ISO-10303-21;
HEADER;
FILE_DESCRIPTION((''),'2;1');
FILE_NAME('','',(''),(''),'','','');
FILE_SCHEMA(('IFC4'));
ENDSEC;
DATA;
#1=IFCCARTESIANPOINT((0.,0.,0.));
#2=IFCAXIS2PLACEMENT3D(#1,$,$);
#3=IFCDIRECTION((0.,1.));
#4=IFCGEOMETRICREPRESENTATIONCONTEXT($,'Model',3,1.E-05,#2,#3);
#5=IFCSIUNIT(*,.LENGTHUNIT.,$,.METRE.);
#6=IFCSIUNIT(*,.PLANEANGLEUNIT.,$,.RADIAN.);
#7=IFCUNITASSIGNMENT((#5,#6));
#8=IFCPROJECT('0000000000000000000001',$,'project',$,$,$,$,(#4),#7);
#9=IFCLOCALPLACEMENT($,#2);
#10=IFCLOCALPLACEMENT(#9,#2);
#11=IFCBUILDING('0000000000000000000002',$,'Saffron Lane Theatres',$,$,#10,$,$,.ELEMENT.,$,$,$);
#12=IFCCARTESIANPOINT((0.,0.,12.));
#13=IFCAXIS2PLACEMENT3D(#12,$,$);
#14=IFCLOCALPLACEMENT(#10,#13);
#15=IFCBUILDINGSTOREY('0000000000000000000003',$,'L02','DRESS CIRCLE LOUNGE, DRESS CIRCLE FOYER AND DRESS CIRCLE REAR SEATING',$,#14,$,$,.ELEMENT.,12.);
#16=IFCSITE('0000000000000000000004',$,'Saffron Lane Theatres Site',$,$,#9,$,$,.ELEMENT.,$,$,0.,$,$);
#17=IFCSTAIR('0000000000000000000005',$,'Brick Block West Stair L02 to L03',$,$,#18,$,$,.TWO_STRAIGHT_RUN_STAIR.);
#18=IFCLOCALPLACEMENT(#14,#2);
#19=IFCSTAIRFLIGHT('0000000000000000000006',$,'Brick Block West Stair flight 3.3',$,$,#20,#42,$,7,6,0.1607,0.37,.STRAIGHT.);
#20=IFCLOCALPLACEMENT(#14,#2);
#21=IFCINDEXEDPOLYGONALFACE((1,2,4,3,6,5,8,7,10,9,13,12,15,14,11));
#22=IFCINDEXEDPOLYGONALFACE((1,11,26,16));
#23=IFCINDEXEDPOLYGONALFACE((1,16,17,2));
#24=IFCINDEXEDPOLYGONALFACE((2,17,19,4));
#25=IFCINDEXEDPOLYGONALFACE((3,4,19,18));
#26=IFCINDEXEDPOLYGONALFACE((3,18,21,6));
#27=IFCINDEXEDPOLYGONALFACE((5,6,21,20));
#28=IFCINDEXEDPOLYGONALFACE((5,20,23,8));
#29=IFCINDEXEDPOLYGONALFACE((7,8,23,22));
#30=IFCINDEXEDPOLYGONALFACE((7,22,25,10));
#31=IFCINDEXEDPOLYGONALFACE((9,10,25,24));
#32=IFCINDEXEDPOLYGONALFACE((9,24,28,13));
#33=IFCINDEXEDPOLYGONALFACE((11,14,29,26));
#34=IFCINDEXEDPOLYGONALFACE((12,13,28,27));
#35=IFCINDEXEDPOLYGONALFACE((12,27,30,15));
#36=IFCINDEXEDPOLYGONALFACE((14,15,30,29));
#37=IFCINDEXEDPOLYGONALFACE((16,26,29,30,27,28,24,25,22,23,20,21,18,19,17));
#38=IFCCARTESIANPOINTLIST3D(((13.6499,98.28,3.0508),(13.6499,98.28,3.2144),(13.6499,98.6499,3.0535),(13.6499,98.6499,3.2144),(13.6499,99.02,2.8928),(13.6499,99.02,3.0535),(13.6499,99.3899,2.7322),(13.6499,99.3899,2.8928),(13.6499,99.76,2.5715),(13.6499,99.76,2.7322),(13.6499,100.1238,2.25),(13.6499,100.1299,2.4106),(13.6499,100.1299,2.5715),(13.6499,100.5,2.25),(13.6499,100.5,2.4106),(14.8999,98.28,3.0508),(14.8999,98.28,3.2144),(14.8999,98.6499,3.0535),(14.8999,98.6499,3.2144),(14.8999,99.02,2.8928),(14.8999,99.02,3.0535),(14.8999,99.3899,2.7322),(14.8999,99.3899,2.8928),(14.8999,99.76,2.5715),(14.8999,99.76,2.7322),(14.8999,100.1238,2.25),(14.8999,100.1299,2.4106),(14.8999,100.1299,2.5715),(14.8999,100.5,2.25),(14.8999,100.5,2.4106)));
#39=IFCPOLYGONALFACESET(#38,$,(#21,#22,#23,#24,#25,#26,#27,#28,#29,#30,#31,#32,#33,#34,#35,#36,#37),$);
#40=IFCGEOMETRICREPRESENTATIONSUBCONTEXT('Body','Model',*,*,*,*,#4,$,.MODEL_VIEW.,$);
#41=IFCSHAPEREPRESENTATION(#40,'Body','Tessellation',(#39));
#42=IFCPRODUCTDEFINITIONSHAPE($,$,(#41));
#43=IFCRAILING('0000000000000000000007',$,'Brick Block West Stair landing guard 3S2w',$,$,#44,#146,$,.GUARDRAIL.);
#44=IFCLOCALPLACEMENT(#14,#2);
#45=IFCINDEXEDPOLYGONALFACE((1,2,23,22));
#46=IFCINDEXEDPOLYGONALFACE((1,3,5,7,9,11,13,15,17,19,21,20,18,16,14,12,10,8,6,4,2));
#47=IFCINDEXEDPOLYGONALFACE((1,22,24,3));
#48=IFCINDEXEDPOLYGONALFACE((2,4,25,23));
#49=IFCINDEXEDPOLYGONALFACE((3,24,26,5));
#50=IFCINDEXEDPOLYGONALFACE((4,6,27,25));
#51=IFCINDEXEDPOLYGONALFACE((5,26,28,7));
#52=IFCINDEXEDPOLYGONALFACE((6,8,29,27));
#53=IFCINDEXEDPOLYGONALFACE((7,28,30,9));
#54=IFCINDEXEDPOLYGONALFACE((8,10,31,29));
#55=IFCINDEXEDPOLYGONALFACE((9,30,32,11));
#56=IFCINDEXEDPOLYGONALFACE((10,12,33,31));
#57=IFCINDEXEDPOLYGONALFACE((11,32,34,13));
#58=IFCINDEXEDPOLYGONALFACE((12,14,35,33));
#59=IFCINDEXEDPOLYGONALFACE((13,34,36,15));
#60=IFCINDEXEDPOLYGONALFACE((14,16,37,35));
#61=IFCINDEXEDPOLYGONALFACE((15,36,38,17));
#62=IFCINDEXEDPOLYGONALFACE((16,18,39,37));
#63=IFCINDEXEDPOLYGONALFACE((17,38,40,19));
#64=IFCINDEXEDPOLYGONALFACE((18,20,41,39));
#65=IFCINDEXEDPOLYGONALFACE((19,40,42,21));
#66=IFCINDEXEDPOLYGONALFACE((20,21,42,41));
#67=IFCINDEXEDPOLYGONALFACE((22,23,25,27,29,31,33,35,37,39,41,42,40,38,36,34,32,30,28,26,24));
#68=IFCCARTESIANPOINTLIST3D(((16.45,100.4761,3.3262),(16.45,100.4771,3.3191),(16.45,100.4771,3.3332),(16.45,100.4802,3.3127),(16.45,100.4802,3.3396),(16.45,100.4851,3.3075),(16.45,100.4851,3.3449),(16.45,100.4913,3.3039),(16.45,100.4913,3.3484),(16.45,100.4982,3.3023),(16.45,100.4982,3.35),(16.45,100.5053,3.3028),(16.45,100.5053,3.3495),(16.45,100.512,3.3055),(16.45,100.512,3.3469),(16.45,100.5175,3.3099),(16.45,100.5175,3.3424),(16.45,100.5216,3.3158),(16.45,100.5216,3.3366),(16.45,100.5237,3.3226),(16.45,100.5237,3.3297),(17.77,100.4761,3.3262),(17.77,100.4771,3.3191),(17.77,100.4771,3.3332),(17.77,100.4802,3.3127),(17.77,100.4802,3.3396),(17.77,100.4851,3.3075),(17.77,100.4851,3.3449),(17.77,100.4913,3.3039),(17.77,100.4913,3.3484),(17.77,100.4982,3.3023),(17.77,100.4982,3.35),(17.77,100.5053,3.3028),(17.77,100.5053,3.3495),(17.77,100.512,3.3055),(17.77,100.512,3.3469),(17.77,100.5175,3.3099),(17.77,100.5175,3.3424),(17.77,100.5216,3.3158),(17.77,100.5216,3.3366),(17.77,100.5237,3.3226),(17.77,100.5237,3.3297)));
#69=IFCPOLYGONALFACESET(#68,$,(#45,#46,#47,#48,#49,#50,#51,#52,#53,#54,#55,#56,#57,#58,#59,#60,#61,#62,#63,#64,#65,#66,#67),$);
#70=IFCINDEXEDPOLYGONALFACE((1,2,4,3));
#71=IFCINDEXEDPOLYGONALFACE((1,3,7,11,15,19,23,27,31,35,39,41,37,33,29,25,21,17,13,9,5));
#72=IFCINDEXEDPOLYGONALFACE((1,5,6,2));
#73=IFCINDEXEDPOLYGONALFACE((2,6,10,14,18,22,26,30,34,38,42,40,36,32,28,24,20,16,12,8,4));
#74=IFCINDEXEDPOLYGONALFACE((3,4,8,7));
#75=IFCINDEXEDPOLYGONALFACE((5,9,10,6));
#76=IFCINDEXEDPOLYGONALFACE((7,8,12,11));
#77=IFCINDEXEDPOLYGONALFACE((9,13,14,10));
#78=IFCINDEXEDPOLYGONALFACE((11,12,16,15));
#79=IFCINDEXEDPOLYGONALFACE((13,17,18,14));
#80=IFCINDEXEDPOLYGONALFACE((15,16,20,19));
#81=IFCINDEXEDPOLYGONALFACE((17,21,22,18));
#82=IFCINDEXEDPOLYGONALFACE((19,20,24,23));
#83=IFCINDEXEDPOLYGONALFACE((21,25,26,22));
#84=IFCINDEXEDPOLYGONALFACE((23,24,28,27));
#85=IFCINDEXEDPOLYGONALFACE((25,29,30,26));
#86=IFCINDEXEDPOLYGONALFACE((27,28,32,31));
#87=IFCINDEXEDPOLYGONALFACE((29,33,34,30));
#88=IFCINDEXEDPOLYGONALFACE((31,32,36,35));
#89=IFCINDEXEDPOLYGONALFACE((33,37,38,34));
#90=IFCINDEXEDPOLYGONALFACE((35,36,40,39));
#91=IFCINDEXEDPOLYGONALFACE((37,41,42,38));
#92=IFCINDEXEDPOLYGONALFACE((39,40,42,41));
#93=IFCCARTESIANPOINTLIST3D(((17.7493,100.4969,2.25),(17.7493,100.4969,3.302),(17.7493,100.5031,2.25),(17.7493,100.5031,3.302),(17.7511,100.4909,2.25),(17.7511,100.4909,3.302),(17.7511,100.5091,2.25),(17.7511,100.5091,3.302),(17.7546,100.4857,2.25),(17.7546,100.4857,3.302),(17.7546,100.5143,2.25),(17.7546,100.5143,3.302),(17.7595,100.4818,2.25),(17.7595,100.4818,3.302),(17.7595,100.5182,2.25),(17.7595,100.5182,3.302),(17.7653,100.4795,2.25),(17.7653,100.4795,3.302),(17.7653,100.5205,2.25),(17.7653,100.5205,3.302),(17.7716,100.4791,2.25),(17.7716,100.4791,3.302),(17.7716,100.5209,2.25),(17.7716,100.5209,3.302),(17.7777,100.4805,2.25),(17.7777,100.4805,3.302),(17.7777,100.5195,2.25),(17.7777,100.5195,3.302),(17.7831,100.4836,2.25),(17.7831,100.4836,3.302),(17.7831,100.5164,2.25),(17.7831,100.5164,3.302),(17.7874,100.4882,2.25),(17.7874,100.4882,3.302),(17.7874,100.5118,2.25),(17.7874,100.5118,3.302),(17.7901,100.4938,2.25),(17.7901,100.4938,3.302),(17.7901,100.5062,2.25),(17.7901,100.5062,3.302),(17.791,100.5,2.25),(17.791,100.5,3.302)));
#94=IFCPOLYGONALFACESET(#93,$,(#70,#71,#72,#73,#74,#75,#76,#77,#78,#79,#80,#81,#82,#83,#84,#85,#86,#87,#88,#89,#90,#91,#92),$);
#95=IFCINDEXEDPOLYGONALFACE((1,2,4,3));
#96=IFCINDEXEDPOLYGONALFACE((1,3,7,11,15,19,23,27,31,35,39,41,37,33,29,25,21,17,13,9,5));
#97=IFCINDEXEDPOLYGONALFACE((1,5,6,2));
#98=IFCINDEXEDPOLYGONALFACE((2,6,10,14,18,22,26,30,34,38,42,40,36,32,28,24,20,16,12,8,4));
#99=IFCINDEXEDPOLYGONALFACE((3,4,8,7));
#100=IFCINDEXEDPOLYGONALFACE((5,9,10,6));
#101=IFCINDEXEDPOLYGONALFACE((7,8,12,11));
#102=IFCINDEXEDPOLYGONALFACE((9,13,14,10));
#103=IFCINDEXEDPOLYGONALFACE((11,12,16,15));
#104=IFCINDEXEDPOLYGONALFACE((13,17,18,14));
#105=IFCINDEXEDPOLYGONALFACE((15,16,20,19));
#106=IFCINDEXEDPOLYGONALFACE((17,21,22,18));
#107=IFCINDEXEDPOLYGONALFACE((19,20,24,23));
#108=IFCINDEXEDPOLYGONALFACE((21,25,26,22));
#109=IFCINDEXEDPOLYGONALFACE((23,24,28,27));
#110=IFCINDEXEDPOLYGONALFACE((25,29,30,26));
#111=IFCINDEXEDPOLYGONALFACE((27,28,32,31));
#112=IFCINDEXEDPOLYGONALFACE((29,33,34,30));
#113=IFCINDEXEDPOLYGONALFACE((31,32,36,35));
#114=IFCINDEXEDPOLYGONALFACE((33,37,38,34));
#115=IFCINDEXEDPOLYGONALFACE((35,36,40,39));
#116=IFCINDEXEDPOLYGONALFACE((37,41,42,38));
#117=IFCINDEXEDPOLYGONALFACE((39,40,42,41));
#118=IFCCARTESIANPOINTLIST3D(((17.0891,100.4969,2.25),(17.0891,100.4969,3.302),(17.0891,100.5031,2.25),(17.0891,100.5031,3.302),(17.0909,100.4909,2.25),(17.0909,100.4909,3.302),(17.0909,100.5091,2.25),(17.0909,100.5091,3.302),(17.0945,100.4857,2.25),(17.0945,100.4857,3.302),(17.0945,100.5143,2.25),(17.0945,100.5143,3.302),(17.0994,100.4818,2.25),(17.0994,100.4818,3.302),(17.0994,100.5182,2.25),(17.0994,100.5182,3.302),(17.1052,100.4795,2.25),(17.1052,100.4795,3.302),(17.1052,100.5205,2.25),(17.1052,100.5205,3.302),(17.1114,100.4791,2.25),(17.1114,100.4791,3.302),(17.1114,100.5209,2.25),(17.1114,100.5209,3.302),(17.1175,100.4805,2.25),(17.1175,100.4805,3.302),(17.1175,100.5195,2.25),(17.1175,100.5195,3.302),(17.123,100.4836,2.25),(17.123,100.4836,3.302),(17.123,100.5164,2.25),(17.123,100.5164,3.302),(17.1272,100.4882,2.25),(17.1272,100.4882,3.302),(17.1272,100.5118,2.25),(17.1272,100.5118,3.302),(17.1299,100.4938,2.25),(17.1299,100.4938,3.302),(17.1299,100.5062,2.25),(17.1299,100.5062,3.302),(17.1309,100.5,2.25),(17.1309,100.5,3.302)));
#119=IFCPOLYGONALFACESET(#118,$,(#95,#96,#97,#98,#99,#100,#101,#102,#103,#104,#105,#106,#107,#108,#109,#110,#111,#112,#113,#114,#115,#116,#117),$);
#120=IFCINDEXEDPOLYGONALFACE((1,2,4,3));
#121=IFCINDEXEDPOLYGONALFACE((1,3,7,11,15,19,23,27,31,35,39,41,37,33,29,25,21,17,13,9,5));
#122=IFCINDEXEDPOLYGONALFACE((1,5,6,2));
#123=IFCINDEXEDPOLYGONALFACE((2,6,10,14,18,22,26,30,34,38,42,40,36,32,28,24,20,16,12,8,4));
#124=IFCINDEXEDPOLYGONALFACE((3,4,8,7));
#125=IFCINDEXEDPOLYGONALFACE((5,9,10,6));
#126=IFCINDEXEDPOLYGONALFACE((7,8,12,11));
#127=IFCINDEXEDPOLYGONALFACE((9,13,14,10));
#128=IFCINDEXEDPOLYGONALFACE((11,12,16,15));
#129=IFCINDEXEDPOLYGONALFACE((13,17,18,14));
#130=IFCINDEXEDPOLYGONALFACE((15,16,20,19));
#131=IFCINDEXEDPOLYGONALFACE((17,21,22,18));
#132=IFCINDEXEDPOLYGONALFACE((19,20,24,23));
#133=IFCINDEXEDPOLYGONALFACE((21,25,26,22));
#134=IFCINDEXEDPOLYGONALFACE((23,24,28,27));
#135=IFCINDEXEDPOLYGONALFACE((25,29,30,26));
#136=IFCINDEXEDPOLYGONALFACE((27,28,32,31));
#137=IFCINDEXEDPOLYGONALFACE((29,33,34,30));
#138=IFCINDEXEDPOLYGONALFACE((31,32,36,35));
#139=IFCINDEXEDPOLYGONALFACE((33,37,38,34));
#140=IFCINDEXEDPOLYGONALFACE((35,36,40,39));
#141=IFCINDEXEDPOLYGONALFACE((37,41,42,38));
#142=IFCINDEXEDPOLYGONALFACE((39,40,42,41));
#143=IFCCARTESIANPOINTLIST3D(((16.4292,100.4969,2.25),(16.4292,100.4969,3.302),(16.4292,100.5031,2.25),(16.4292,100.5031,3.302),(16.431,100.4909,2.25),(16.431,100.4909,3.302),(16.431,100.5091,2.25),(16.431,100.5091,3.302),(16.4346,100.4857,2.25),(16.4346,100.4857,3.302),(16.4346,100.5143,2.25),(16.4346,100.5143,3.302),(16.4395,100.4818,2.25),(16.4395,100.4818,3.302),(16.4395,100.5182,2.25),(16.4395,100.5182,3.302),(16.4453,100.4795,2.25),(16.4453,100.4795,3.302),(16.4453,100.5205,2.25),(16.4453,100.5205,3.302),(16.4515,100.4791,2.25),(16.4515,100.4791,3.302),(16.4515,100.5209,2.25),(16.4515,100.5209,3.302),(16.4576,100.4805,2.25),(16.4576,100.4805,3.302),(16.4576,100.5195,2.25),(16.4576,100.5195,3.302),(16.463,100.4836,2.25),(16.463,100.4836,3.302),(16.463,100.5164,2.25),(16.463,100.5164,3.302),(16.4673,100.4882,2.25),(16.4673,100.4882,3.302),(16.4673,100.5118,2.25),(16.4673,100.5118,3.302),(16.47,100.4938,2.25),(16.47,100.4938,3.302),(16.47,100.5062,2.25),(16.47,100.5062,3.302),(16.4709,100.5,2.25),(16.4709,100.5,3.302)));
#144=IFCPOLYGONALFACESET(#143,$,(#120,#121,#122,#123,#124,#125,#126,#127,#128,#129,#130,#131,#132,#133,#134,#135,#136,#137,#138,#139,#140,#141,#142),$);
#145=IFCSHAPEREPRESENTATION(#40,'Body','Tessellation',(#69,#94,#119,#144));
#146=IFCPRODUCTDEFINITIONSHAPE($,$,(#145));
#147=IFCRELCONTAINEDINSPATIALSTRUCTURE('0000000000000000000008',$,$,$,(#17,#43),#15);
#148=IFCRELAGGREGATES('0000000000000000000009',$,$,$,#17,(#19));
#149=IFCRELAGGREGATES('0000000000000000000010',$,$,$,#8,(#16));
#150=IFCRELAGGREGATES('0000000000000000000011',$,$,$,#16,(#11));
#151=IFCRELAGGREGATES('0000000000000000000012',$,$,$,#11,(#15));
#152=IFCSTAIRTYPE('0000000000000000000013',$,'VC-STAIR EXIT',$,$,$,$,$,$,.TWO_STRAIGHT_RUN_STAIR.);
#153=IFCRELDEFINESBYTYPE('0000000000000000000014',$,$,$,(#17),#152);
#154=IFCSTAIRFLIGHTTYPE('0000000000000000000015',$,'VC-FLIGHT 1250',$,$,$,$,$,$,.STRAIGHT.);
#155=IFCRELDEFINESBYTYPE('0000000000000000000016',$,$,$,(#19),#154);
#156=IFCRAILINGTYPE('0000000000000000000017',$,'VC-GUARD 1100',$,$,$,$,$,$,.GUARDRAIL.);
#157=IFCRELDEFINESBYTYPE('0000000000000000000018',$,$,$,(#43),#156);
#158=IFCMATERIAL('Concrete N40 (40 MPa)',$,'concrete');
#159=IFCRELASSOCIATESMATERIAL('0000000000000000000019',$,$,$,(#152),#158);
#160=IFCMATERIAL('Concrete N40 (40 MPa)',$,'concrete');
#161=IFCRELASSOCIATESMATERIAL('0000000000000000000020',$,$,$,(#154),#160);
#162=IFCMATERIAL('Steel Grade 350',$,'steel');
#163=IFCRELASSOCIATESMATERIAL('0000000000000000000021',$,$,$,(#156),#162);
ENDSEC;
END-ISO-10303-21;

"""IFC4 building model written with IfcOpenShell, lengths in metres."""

from ifc_helpers import new_model, si_unit, direction, frame, origin, origin_2d, place, context, subcontext, project, spatial, polyline, circle, outline, extrude, material, type_object, element, aggregate, save


model = new_model("IFC4")

# Units and contexts
model_context = context("Model", 3, precision=1e-05, world=origin(), true_north=direction((0.0, 1.0)))
body_context = subcontext(model_context, "Body", "Model", "MODEL_VIEW")
ifc_project = project(units=[si_unit("LENGTHUNIT", "METRE"), si_unit("PLANEANGLEUNIT", "RADIAN")], contexts=[model_context])

# Site, building, storey
site_placement = place(None, origin())
site = spatial("IfcSite", under=ifc_project, at=site_placement, Name="Saffron Lane Theatres Site", CompositionType="ELEMENT", RefElevation=0.0)
building_placement = place(site_placement, origin())
building = spatial("IfcBuilding", under=site, at=building_placement, Name="Saffron Lane Theatres", CompositionType="ELEMENT")
storey_placement = place(building_placement, frame((0.0, 0.0, 12.0)))
storey = spatial("IfcBuildingStorey", under=building, at=storey_placement, Name="L02", Description="DRESS CIRCLE LOUNGE, DRESS CIRCLE FOYER AND DRESS CIRCLE REAR SEATING", CompositionType="ELEMENT", Elevation=12.0)

# Stair, stair flight
ifc_material_1 = material(Name="Concrete N40 (40 MPa)", Category="concrete")
stair_type = type_object("IfcStairType", Name="VC-STAIR EXIT", PredefinedType="TWO_STRAIGHT_RUN_STAIR", material=ifc_material_1)
stair_placement = place(storey_placement, origin())
stair = element("IfcStair", 1, at=stair_placement, inside=storey, type_object=stair_type, Name="Brick Block West Stair L02 to L03", PredefinedType="TWO_STRAIGHT_RUN_STAIR")
ifc_material_2 = material(Name="Concrete N40 (40 MPa)", Category="concrete")
stair_flight_type = type_object("IfcStairFlightType", Name="VC-FLIGHT 1250", PredefinedType="STRAIGHT", material=ifc_material_2)
stair_flight_1_placement = place(storey_placement, frame((14.2749, 100.5, 2.25), z_axis=(0.0, 0.0, 1.0), x_axis=(0.0, -1.0, 0.0)))
stair_flight_1 = element("IfcStairFlight", 2, at=stair_flight_1_placement, type_object=stair_flight_type, Name="Brick Block West Stair flight 3.3", NumberOfRisers=7, NumberOfTreads=6, PredefinedType="STRAIGHT", RiserHeight=0.1607, TreadLength=0.37, context=body_context, shape_type="SweptSolid", body=[
    extrude(outline(polyline([(0.0, 0.0), (0.0, 0.1606), (0.3701, 0.1606), (0.3701, 0.3215), (0.74, 0.3215), (0.74, 0.4822), (1.1101, 0.4822), (1.1101, 0.6428), (1.48, 0.6428), (1.48, 0.8035), (1.8501, 0.8035), (1.8501, 0.9644), (2.22, 0.9644), (2.22, 1.125), (2.22, 0.8008), (0.3762, 0.0), (0.0, 0.0)])), frame((0.0, 0.625, 0.0), z_axis=(0.0, -1.0, 0.0), x_axis=(1.0, 0.0, 0.0)), (0.0, 0.0, 1.0), 1.25),
])
aggregate(stair, [stair_flight_1])

# Railing
ifc_material_3 = material(Name="Steel Grade 350", Category="steel")
railing_type_1 = type_object("IfcRailingType", Name="VC-GUARD 1100", PredefinedType="GUARDRAIL", material=ifc_material_3)
railing_1_placement = place(storey_placement, frame((17.77, 100.5, 2.25)))
element("IfcRailing", 3, at=railing_1_placement, inside=storey, type_object=railing_type_1, Name="Brick Block West Stair landing guard 3S2w", PredefinedType="GUARDRAIL", context=body_context, shape_type="SweptSolid", body=[
    extrude(circle(Radius=0.0239, at=origin_2d()), frame((0.0, 0.0, 1.0762), z_axis=(-1.0, 0.0, 0.0), x_axis=(0.0, -1.0, 0.0)), (0.0, 0.0, 1.0), 1.3201),
    extrude(circle(Radius=0.021, at=origin_2d()), origin(), (0.0, 0.0, 1.0), 1.052),
    extrude(circle(Radius=0.021, at=origin_2d()), frame((-0.6602, 0.0, 0.0)), (0.0, 0.0, 1.0), 1.052),
    extrude(circle(Radius=0.021, at=origin_2d()), frame((-1.3201, 0.0, 0.0)), (0.0, 0.0, 1.0), 1.052),
])

save(model, "model.ifc")
